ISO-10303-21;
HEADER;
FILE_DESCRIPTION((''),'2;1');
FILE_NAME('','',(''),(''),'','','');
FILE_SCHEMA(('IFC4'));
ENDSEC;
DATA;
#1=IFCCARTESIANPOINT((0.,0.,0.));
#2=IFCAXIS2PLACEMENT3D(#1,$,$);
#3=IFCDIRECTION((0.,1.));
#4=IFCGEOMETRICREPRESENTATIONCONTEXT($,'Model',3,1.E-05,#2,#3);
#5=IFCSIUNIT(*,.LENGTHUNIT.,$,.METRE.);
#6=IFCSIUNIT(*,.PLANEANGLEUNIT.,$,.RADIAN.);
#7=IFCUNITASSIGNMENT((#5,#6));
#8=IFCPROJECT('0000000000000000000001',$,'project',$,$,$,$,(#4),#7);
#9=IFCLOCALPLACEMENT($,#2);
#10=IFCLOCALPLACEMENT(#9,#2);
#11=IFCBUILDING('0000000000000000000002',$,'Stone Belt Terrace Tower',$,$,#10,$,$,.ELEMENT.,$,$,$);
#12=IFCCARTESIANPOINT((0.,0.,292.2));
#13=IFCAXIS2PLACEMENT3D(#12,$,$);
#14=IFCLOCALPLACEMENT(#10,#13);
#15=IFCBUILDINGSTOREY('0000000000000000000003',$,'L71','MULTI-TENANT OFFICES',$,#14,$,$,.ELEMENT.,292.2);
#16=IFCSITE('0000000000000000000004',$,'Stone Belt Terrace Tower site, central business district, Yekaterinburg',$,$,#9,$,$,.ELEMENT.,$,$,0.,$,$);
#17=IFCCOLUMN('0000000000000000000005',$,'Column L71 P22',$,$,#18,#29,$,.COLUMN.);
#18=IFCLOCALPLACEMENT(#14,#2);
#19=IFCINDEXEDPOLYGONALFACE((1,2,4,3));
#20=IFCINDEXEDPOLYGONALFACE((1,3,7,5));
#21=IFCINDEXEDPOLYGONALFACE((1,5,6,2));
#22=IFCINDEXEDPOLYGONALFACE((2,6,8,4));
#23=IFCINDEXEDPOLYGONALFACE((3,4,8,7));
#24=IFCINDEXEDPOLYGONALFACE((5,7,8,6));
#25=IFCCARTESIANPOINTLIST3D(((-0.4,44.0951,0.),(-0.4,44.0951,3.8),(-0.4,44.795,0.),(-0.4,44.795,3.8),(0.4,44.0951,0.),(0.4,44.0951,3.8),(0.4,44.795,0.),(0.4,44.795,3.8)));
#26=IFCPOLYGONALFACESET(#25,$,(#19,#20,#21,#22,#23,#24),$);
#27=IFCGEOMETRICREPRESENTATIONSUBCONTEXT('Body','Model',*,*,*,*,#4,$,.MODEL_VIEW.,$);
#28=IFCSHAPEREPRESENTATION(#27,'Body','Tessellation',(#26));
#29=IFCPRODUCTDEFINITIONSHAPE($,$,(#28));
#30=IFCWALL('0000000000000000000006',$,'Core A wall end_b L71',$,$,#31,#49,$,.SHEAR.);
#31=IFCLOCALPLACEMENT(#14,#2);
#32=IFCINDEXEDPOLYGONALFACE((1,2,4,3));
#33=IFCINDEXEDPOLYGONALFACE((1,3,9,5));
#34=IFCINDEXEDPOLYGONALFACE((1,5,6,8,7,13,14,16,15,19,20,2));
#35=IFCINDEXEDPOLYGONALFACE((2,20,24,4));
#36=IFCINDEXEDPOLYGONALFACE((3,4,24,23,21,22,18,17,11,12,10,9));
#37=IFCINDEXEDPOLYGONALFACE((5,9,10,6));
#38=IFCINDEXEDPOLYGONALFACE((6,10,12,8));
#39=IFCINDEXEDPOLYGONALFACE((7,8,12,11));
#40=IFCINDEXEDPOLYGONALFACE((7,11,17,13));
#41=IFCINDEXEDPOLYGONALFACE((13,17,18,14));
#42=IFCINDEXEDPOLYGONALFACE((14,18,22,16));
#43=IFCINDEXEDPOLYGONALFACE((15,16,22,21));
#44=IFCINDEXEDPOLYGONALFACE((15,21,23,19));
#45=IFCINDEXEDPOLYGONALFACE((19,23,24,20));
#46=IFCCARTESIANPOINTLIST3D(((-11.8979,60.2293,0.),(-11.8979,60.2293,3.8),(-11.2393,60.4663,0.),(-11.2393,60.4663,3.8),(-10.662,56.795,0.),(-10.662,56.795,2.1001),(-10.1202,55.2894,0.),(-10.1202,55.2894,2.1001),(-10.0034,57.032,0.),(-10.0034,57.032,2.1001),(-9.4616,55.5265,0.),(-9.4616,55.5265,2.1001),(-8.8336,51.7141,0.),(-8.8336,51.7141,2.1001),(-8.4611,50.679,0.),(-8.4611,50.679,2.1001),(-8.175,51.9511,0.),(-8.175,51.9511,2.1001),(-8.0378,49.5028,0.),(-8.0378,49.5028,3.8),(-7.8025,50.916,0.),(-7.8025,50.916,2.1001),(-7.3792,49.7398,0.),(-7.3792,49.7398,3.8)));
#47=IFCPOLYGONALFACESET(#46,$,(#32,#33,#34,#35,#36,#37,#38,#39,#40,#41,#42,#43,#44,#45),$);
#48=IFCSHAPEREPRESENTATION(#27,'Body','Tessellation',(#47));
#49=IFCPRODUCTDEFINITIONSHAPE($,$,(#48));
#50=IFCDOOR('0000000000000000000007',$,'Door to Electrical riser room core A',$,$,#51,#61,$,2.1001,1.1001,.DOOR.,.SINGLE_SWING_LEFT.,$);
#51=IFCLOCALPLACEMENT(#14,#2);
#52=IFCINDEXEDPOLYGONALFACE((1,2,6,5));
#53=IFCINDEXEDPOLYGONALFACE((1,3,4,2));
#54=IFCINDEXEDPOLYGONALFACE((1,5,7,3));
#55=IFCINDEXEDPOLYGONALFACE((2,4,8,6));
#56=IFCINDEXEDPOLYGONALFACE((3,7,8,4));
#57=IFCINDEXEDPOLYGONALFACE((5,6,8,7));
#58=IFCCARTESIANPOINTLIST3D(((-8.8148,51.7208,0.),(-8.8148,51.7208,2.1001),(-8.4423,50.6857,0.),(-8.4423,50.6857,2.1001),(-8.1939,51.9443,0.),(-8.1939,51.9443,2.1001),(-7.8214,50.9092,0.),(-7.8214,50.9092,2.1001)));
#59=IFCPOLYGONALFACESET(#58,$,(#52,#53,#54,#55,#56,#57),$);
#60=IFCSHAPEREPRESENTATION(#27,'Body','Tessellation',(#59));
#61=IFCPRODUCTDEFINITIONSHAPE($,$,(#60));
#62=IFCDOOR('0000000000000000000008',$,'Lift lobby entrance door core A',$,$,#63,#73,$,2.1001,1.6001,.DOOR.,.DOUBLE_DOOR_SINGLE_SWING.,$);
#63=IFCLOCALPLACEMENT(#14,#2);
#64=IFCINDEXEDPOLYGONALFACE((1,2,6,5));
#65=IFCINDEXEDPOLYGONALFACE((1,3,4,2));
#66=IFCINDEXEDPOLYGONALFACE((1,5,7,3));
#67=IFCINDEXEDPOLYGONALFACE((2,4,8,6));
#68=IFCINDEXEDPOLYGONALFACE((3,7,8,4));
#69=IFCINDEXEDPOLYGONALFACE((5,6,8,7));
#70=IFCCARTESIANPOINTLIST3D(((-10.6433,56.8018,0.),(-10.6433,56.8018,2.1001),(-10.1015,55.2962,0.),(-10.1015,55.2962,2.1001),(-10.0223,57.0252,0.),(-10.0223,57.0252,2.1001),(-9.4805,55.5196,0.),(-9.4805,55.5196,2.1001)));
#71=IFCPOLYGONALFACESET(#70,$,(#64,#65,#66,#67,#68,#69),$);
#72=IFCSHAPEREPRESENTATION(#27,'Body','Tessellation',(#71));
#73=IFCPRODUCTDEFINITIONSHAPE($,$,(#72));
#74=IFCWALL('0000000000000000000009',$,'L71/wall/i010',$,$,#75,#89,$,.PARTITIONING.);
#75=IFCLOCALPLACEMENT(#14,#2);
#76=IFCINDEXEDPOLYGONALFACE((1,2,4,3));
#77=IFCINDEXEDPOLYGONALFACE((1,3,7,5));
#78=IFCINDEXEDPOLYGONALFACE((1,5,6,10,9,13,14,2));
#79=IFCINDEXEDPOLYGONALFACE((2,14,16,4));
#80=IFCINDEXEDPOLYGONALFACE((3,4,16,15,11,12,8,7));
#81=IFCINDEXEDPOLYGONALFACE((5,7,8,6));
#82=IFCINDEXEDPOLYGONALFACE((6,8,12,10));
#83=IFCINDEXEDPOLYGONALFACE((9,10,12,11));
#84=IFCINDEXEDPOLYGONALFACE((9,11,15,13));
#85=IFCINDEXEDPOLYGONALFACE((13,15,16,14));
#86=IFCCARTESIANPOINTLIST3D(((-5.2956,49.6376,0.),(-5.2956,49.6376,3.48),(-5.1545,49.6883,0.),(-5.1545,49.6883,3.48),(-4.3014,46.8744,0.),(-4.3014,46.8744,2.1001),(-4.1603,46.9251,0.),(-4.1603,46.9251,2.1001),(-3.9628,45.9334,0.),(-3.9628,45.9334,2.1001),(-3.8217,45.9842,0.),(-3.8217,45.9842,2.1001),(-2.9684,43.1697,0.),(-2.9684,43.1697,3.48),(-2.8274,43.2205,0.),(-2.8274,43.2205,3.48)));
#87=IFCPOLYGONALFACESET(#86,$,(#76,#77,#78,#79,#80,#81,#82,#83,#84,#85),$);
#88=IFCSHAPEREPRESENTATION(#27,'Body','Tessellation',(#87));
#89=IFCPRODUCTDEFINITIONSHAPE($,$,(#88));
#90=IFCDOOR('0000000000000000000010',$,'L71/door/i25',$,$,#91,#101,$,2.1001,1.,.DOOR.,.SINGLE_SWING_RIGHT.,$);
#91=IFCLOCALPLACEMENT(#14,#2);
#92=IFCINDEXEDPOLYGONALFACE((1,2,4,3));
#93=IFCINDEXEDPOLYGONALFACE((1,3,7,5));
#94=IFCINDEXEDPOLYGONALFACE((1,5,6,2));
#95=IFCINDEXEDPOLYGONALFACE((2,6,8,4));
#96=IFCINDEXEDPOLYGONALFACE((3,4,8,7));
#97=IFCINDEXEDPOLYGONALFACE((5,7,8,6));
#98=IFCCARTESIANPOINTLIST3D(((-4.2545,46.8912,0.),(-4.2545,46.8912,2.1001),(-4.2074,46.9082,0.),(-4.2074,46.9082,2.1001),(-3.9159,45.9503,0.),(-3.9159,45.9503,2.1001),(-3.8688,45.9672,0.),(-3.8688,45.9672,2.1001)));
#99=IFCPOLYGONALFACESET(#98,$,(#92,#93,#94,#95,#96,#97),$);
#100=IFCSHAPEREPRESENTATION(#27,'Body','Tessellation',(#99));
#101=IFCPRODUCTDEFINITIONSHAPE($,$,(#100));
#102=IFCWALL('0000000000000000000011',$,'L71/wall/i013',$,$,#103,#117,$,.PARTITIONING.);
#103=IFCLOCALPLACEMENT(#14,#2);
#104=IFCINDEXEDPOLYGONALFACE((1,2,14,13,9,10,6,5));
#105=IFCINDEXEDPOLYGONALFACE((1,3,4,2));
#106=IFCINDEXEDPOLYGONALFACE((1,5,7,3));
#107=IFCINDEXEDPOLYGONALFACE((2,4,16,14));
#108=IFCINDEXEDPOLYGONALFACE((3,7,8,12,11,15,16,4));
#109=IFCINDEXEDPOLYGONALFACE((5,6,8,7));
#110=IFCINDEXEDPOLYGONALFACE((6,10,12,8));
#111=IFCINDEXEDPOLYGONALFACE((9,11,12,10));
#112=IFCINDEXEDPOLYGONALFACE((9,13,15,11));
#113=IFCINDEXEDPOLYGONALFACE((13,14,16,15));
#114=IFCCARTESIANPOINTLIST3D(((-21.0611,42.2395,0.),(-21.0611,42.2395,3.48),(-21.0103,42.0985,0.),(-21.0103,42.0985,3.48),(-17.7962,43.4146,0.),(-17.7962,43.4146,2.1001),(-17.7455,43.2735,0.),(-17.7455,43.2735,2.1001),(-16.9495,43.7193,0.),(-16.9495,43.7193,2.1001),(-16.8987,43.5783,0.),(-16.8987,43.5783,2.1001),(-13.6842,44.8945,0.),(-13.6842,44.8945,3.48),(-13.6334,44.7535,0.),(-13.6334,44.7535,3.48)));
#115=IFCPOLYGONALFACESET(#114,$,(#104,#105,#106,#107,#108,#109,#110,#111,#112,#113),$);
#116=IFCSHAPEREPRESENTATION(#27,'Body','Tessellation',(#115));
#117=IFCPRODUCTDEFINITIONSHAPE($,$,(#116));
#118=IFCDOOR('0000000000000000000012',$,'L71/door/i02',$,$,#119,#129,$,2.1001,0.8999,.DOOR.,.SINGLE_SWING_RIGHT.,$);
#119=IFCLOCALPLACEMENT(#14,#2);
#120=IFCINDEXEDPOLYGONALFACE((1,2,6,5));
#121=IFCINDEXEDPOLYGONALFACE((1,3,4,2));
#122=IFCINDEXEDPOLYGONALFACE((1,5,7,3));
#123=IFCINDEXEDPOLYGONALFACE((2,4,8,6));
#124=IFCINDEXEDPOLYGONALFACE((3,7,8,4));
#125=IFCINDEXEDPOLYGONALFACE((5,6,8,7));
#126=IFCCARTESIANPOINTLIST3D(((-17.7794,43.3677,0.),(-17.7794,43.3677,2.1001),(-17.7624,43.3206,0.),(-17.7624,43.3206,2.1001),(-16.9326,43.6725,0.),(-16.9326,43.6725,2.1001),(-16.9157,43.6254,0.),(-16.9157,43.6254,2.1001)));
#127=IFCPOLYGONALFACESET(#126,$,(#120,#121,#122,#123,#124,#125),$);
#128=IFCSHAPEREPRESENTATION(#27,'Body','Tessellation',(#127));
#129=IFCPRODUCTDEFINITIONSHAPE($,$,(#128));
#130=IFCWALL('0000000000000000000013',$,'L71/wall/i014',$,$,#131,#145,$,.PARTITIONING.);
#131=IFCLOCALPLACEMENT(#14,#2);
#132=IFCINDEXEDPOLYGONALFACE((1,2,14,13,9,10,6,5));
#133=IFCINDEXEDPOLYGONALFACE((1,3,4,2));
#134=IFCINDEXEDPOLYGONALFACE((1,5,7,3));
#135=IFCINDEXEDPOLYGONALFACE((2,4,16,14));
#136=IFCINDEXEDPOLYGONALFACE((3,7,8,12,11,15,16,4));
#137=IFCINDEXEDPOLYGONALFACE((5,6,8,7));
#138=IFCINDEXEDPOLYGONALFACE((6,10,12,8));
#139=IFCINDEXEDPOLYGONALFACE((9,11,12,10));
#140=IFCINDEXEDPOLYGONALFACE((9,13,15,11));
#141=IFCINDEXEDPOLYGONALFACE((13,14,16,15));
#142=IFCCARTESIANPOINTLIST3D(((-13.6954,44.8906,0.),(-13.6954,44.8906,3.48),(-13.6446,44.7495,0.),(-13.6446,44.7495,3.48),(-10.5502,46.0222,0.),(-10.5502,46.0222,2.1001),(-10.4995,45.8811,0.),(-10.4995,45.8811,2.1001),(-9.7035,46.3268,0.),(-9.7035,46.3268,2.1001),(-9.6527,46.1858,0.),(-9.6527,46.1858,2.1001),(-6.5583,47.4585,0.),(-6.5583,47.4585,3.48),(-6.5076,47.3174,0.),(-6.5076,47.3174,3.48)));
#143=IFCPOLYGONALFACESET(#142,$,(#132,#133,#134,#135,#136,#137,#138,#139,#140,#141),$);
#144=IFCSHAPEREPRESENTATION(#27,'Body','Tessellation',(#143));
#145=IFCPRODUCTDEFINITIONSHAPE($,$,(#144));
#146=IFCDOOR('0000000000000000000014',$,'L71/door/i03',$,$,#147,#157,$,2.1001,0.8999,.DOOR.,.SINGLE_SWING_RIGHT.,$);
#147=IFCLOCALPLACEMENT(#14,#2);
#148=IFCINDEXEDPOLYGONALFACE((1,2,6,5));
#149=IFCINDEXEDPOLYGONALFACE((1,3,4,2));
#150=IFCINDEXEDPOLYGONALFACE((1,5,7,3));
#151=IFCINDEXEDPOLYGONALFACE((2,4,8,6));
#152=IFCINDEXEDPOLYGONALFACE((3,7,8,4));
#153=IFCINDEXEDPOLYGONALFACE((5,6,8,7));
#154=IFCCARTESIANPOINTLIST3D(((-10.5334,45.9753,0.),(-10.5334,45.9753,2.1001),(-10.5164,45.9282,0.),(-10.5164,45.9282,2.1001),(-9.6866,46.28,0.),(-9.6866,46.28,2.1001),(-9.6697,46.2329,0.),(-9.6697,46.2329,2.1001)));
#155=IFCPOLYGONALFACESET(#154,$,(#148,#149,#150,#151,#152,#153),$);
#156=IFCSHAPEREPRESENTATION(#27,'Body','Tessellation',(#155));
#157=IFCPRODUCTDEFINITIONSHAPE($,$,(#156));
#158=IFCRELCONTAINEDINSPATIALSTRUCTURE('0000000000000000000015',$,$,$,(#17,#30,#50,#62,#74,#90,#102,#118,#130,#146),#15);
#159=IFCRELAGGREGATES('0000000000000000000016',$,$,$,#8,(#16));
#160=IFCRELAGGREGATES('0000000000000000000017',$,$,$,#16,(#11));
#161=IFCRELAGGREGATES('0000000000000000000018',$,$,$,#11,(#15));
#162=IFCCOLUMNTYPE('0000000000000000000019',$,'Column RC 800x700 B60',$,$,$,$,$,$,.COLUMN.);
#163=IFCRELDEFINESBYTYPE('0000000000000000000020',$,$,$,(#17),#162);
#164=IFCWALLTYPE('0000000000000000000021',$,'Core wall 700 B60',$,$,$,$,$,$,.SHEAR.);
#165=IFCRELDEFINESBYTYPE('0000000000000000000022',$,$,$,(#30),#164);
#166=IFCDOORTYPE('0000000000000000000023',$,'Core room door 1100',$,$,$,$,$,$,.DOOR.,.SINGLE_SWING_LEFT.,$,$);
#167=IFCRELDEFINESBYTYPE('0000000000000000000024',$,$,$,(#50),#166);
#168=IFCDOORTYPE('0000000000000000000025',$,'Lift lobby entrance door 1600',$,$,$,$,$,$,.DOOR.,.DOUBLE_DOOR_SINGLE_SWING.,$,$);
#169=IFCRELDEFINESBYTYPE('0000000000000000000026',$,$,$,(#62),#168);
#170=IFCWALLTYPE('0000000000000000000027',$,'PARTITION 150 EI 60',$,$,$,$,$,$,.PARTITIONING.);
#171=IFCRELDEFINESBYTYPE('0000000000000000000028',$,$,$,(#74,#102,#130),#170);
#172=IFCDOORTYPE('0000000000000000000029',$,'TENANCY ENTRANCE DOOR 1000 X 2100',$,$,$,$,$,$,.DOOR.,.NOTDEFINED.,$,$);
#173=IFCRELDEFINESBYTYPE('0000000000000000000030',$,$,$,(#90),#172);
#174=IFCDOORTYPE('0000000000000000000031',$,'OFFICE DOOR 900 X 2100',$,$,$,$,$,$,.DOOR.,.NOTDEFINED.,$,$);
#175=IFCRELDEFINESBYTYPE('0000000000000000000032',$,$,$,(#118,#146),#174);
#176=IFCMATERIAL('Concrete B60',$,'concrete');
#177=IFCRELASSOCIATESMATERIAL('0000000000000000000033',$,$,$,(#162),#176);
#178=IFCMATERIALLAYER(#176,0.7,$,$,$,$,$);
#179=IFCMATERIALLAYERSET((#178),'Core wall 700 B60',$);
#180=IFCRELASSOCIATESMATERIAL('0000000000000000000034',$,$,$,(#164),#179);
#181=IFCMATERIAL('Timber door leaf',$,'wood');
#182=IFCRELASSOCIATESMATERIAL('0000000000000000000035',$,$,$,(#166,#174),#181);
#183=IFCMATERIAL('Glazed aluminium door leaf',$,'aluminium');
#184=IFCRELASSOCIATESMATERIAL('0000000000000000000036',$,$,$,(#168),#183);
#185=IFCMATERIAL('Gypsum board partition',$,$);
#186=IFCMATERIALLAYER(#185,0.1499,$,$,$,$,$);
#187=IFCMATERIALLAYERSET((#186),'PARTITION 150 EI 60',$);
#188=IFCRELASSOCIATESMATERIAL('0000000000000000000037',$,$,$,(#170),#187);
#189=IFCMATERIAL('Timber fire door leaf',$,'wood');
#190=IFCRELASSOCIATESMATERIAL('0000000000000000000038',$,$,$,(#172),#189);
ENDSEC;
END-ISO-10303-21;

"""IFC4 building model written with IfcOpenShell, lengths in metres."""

from ifc_helpers import new_model, si_unit, direction, frame, frame_2d, origin, origin_2d, place, context, subcontext, project, spatial, rectangle, extrude, material, layer, layer_set, material_profile, profile_set, type_object, element, fill, save


model = new_model("IFC4")

# Units and contexts
model_context = context("Model", 3, precision=1e-05, world=origin(), true_north=direction((0.0, 1.0)))
body_context = subcontext(model_context, "Body", "Model", "MODEL_VIEW")
ifc_project = project(units=[si_unit("LENGTHUNIT", "METRE"), si_unit("PLANEANGLEUNIT", "RADIAN")], contexts=[model_context])

# Site, building, storey
site_placement = place(None, origin())
site = spatial("IfcSite", under=ifc_project, at=site_placement, Name="Stone Belt Terrace Tower site, central business district, Yekaterinburg", CompositionType="ELEMENT", RefElevation=0.0)
building_placement = place(site_placement, origin())
building = spatial("IfcBuilding", under=site, at=building_placement, Name="Stone Belt Terrace Tower", CompositionType="ELEMENT")
storey_placement = place(building_placement, frame((0.0, 0.0, 292.2)))
storey = spatial("IfcBuildingStorey", under=building, at=storey_placement, Name="L71", Description="MULTI-TENANT OFFICES", CompositionType="ELEMENT", Elevation=292.2)

# Column
ifc_material_1 = material(Name="Concrete B60", Category="concrete")
ifc_material_profile = material_profile(ifc_material_1, rectangle(XDim=0.8, YDim=0.7, at=origin_2d()), Name="RC 800x700")
ifc_profile_set = profile_set([ifc_material_profile], Name="Concrete B60")
column_type = type_object("IfcColumnType", Name="Column RC 800x700 B60", PredefinedType="COLUMN", material=ifc_profile_set)
column_placement = place(storey_placement, frame((0.0, 44.4451, 0.0), z_axis=(0.0, 0.0, 1.0), x_axis=(1.0, 0.0, 0.0)))
element("IfcColumn", 1, at=column_placement, inside=storey, type_object=column_type, Name="Column L71 P22", PredefinedType="COLUMN", context=body_context, shape_type="SweptSolid", body=[
    extrude(rectangle(XDim=0.8, YDim=0.7, at=origin_2d()), origin(), (0.0, 0.0, 1.0), 3.8),
])

# Wall, openings, doors
ifc_layer_1 = layer(ifc_material_1, 0.7)
ifc_layer_set_1 = layer_set([ifc_layer_1], Name="Core wall 700 B60")
wall_type_1 = type_object("IfcWallType", Name="Core wall 700 B60", PredefinedType="SHEAR", material=ifc_layer_set_1)
wall_1_placement = place(storey_placement, frame((-7.7085, 49.6213, 0.0), z_axis=(0.0, 0.0, 1.0), x_axis=(-0.338606, 0.940928, 0.0)))
wall_1 = element("IfcWall", 2, at=wall_1_placement, inside=storey, type_object=wall_type_1, Name="Core A wall end_b L71", PredefinedType="SHEAR", context=body_context, shape_type="SweptSolid", body=[
    extrude(rectangle(XDim=11.3999, YDim=0.7, at=frame_2d((5.7, 0.0))), origin(), (0.0, 0.0, 1.0), 3.8),
])
opening_1_placement = place(wall_1_placement, frame((6.1499, 0.0, 0.0)))
opening_1 = element("IfcOpeningElement", 3, at=opening_1_placement, cuts=wall_1, PredefinedType="OPENING", context=body_context, shape_type="SweptSolid", body=[
    extrude(rectangle(XDim=1.6001, YDim=2.1001, at=frame_2d((0.8, 1.05))), frame((0.0, 0.3599, 0.0), z_axis=(0.0, -1.0, 0.0), x_axis=(1.0, 0.0, 0.0)), (0.0, 0.0, 1.0), 0.72),
])
opening_2_placement = place(wall_1_placement, frame((1.25, 0.0, 0.0)))
opening_2 = element("IfcOpeningElement", 4, at=opening_2_placement, cuts=wall_1, PredefinedType="OPENING", context=body_context, shape_type="SweptSolid", body=[
    extrude(rectangle(XDim=1.1001, YDim=2.1001, at=frame_2d((0.55, 1.05))), frame((0.0, 0.3599, 0.0), z_axis=(0.0, -1.0, 0.0), x_axis=(1.0, 0.0, 0.0)), (0.0, 0.0, 1.0), 0.72),
])
ifc_material_2 = material(Name="Timber door leaf", Category="wood")
door_type_1 = type_object("IfcDoorType", Name="Core room door 1100", OperationType="SINGLE_SWING_LEFT", PredefinedType="DOOR", material=ifc_material_2)
door_1_placement = place(opening_2_placement, origin())
door_1 = element("IfcDoor", 5, at=door_1_placement, inside=storey, type_object=door_type_1, Name="Door to Electrical riser room core A", OperationType="SINGLE_SWING_LEFT", OverallHeight=2.1001, OverallWidth=1.1001, PredefinedType="DOOR", context=body_context, shape_type="SweptSolid", body=[
    extrude(rectangle(XDim=1.1001, YDim=2.1001, at=frame_2d((0.55, 1.05))), frame((0.0, 0.3301, 0.0), z_axis=(0.0, -1.0, 0.0), x_axis=(1.0, 0.0, 0.0)), (0.0, 0.0, 1.0), 0.6599),
])
fill(opening_2, door_1)
ifc_material_3 = material(Name="Glazed aluminium door leaf", Category="aluminium")
door_type_2 = type_object("IfcDoorType", Name="Lift lobby entrance door 1600", OperationType="DOUBLE_DOOR_SINGLE_SWING", PredefinedType="DOOR", material=ifc_material_3)
door_2_placement = place(opening_1_placement, origin())
door_2 = element("IfcDoor", 6, at=door_2_placement, inside=storey, type_object=door_type_2, Name="Lift lobby entrance door core A", OperationType="DOUBLE_DOOR_SINGLE_SWING", OverallHeight=2.1001, OverallWidth=1.6001, PredefinedType="DOOR", context=body_context, shape_type="SweptSolid", body=[
    extrude(rectangle(XDim=1.6001, YDim=2.1001, at=frame_2d((0.8, 1.05))), frame((0.0, 0.3301, 0.0), z_axis=(0.0, -1.0, 0.0), x_axis=(1.0, 0.0, 0.0)), (0.0, 0.0, 1.0), 0.6599),
])
fill(opening_1, door_2)

# Walls, openings, doors
ifc_material_4 = material(Name="Gypsum board partition")
ifc_layer_2 = layer(ifc_material_4, 0.1499)
ifc_layer_set_2 = layer_set([ifc_layer_2], Name="PARTITION 150 EI 60")
wall_type_2 = type_object("IfcWallType", Name="PARTITION 150 EI 60", PredefinedType="PARTITIONING", material=ifc_layer_set_2)
wall_2_placement = place(storey_placement, frame((-5.2251, 49.6631, 0.0), z_axis=(0.0, 0.0, 1.0), x_axis=(0.338558, -0.940945, 0.0)))
wall_2 = element("IfcWall", 7, at=wall_2_placement, inside=storey, type_object=wall_type_2, Name="L71/wall/i010", PredefinedType="PARTITIONING", context=body_context, shape_type="SweptSolid", body=[
    extrude(rectangle(XDim=6.8738, YDim=0.1499, at=frame_2d((3.437, 0.0))), origin(), (0.0, 0.0, 1.0), 3.48),
])
opening_3_placement = place(wall_2_placement, frame((2.9368, 0.0, 0.0)))
opening_3 = element("IfcOpeningElement", 8, at=opening_3_placement, cuts=wall_2, PredefinedType="OPENING", context=body_context, shape_type="SweptSolid", body=[
    extrude(rectangle(XDim=1.0, YDim=2.1001, at=frame_2d((0.5, 1.05))), frame((0.0, 0.085, 0.0), z_axis=(0.0, -1.0, 0.0), x_axis=(1.0, 0.0, 0.0)), (0.0, 0.0, 1.0), 0.1699),
])
ifc_material_5 = material(Name="Timber fire door leaf", Category="wood")
door_type_3 = type_object("IfcDoorType", Name="TENANCY ENTRANCE DOOR 1000 X 2100", OperationType="NOTDEFINED", PredefinedType="DOOR", material=ifc_material_5)
door_3_placement = place(opening_3_placement, origin())
door_3 = element("IfcDoor", 9, at=door_3_placement, inside=storey, type_object=door_type_3, Name="L71/door/i25", OperationType="SINGLE_SWING_RIGHT", OverallHeight=2.1001, OverallWidth=1.0, PredefinedType="DOOR", context=body_context, shape_type="SweptSolid", body=[
    extrude(rectangle(XDim=1.0, YDim=2.1001, at=frame_2d((0.5, 1.05))), frame((0.0, 0.0249, 0.0), z_axis=(0.0, -1.0, 0.0), x_axis=(1.0, 0.0, 0.0)), (0.0, 0.0, 1.0), 0.05),
])
fill(opening_3, door_3)
wall_3_placement = place(storey_placement, frame((-13.6589, 44.824, 0.0), z_axis=(0.0, 0.0, 1.0), x_axis=(-0.940915, -0.338643, 0.0)))
wall_3 = element("IfcWall", 10, at=wall_3_placement, inside=storey, type_object=wall_type_2, Name="L71/wall/i013", PredefinedType="PARTITIONING", context=body_context, shape_type="SweptSolid", body=[
    extrude(rectangle(XDim=7.8401, YDim=0.1499, at=frame_2d((3.9199, 0.0))), origin(), (0.0, 0.0, 1.0), 3.48),
])
opening_4_placement = place(wall_3_placement, frame((3.4702, 0.0, 0.0)))
opening_4 = element("IfcOpeningElement", 11, at=opening_4_placement, cuts=wall_3, PredefinedType="OPENING", context=body_context, shape_type="SweptSolid", body=[
    extrude(rectangle(XDim=0.8999, YDim=2.1001, at=frame_2d((0.45, 1.05))), frame((0.0, 0.085, 0.0), z_axis=(0.0, -1.0, 0.0), x_axis=(1.0, 0.0, 0.0)), (0.0, 0.0, 1.0), 0.1699),
])
door_type_4 = type_object("IfcDoorType", Name="OFFICE DOOR 900 X 2100", OperationType="NOTDEFINED", PredefinedType="DOOR", material=ifc_material_2)
door_4_placement = place(opening_4_placement, origin())
door_4 = element("IfcDoor", 12, at=door_4_placement, inside=storey, type_object=door_type_4, Name="L71/door/i02", OperationType="SINGLE_SWING_RIGHT", OverallHeight=2.1001, OverallWidth=0.8999, PredefinedType="DOOR", context=body_context, shape_type="SweptSolid", body=[
    extrude(rectangle(XDim=0.8999, YDim=2.1001, at=frame_2d((0.45, 1.05))), frame((0.0, 0.0249, 0.0), z_axis=(0.0, -1.0, 0.0), x_axis=(1.0, 0.0, 0.0)), (0.0, 0.0, 1.0), 0.05),
])
fill(opening_4, door_4)
wall_4_placement = place(storey_placement, frame((-6.533, 47.3879, 0.0), z_axis=(0.0, 0.0, 1.0), x_axis=(-0.940948, -0.338552, 0.0)))
wall_4 = element("IfcWall", 13, at=wall_4_placement, inside=storey, type_object=wall_type_2, Name="L71/wall/i014", PredefinedType="PARTITIONING", context=body_context, shape_type="SweptSolid", body=[
    extrude(rectangle(XDim=7.585, YDim=0.1499, at=frame_2d((3.7925, 0.0))), origin(), (0.0, 0.0, 1.0), 3.48),
])
opening_5_placement = place(wall_4_placement, frame((3.3425, 0.0, 0.0)))
opening_5 = element("IfcOpeningElement", 14, at=opening_5_placement, cuts=wall_4, PredefinedType="OPENING", context=body_context, shape_type="SweptSolid", body=[
    extrude(rectangle(XDim=0.8999, YDim=2.1001, at=frame_2d((0.45, 1.05))), frame((0.0, 0.085, 0.0), z_axis=(0.0, -1.0, 0.0), x_axis=(1.0, 0.0, 0.0)), (0.0, 0.0, 1.0), 0.1699),
])
door_5_placement = place(opening_5_placement, origin())
door_5 = element("IfcDoor", 15, at=door_5_placement, inside=storey, type_object=door_type_4, Name="L71/door/i03", OperationType="SINGLE_SWING_RIGHT", OverallHeight=2.1001, OverallWidth=0.8999, PredefinedType="DOOR", context=body_context, shape_type="SweptSolid", body=[
    extrude(rectangle(XDim=0.8999, YDim=2.1001, at=frame_2d((0.45, 1.05))), frame((0.0, 0.0249, 0.0), z_axis=(0.0, -1.0, 0.0), x_axis=(1.0, 0.0, 0.0)), (0.0, 0.0, 1.0), 0.05),
])
fill(opening_5, door_5)

save(model, "model.ifc")
